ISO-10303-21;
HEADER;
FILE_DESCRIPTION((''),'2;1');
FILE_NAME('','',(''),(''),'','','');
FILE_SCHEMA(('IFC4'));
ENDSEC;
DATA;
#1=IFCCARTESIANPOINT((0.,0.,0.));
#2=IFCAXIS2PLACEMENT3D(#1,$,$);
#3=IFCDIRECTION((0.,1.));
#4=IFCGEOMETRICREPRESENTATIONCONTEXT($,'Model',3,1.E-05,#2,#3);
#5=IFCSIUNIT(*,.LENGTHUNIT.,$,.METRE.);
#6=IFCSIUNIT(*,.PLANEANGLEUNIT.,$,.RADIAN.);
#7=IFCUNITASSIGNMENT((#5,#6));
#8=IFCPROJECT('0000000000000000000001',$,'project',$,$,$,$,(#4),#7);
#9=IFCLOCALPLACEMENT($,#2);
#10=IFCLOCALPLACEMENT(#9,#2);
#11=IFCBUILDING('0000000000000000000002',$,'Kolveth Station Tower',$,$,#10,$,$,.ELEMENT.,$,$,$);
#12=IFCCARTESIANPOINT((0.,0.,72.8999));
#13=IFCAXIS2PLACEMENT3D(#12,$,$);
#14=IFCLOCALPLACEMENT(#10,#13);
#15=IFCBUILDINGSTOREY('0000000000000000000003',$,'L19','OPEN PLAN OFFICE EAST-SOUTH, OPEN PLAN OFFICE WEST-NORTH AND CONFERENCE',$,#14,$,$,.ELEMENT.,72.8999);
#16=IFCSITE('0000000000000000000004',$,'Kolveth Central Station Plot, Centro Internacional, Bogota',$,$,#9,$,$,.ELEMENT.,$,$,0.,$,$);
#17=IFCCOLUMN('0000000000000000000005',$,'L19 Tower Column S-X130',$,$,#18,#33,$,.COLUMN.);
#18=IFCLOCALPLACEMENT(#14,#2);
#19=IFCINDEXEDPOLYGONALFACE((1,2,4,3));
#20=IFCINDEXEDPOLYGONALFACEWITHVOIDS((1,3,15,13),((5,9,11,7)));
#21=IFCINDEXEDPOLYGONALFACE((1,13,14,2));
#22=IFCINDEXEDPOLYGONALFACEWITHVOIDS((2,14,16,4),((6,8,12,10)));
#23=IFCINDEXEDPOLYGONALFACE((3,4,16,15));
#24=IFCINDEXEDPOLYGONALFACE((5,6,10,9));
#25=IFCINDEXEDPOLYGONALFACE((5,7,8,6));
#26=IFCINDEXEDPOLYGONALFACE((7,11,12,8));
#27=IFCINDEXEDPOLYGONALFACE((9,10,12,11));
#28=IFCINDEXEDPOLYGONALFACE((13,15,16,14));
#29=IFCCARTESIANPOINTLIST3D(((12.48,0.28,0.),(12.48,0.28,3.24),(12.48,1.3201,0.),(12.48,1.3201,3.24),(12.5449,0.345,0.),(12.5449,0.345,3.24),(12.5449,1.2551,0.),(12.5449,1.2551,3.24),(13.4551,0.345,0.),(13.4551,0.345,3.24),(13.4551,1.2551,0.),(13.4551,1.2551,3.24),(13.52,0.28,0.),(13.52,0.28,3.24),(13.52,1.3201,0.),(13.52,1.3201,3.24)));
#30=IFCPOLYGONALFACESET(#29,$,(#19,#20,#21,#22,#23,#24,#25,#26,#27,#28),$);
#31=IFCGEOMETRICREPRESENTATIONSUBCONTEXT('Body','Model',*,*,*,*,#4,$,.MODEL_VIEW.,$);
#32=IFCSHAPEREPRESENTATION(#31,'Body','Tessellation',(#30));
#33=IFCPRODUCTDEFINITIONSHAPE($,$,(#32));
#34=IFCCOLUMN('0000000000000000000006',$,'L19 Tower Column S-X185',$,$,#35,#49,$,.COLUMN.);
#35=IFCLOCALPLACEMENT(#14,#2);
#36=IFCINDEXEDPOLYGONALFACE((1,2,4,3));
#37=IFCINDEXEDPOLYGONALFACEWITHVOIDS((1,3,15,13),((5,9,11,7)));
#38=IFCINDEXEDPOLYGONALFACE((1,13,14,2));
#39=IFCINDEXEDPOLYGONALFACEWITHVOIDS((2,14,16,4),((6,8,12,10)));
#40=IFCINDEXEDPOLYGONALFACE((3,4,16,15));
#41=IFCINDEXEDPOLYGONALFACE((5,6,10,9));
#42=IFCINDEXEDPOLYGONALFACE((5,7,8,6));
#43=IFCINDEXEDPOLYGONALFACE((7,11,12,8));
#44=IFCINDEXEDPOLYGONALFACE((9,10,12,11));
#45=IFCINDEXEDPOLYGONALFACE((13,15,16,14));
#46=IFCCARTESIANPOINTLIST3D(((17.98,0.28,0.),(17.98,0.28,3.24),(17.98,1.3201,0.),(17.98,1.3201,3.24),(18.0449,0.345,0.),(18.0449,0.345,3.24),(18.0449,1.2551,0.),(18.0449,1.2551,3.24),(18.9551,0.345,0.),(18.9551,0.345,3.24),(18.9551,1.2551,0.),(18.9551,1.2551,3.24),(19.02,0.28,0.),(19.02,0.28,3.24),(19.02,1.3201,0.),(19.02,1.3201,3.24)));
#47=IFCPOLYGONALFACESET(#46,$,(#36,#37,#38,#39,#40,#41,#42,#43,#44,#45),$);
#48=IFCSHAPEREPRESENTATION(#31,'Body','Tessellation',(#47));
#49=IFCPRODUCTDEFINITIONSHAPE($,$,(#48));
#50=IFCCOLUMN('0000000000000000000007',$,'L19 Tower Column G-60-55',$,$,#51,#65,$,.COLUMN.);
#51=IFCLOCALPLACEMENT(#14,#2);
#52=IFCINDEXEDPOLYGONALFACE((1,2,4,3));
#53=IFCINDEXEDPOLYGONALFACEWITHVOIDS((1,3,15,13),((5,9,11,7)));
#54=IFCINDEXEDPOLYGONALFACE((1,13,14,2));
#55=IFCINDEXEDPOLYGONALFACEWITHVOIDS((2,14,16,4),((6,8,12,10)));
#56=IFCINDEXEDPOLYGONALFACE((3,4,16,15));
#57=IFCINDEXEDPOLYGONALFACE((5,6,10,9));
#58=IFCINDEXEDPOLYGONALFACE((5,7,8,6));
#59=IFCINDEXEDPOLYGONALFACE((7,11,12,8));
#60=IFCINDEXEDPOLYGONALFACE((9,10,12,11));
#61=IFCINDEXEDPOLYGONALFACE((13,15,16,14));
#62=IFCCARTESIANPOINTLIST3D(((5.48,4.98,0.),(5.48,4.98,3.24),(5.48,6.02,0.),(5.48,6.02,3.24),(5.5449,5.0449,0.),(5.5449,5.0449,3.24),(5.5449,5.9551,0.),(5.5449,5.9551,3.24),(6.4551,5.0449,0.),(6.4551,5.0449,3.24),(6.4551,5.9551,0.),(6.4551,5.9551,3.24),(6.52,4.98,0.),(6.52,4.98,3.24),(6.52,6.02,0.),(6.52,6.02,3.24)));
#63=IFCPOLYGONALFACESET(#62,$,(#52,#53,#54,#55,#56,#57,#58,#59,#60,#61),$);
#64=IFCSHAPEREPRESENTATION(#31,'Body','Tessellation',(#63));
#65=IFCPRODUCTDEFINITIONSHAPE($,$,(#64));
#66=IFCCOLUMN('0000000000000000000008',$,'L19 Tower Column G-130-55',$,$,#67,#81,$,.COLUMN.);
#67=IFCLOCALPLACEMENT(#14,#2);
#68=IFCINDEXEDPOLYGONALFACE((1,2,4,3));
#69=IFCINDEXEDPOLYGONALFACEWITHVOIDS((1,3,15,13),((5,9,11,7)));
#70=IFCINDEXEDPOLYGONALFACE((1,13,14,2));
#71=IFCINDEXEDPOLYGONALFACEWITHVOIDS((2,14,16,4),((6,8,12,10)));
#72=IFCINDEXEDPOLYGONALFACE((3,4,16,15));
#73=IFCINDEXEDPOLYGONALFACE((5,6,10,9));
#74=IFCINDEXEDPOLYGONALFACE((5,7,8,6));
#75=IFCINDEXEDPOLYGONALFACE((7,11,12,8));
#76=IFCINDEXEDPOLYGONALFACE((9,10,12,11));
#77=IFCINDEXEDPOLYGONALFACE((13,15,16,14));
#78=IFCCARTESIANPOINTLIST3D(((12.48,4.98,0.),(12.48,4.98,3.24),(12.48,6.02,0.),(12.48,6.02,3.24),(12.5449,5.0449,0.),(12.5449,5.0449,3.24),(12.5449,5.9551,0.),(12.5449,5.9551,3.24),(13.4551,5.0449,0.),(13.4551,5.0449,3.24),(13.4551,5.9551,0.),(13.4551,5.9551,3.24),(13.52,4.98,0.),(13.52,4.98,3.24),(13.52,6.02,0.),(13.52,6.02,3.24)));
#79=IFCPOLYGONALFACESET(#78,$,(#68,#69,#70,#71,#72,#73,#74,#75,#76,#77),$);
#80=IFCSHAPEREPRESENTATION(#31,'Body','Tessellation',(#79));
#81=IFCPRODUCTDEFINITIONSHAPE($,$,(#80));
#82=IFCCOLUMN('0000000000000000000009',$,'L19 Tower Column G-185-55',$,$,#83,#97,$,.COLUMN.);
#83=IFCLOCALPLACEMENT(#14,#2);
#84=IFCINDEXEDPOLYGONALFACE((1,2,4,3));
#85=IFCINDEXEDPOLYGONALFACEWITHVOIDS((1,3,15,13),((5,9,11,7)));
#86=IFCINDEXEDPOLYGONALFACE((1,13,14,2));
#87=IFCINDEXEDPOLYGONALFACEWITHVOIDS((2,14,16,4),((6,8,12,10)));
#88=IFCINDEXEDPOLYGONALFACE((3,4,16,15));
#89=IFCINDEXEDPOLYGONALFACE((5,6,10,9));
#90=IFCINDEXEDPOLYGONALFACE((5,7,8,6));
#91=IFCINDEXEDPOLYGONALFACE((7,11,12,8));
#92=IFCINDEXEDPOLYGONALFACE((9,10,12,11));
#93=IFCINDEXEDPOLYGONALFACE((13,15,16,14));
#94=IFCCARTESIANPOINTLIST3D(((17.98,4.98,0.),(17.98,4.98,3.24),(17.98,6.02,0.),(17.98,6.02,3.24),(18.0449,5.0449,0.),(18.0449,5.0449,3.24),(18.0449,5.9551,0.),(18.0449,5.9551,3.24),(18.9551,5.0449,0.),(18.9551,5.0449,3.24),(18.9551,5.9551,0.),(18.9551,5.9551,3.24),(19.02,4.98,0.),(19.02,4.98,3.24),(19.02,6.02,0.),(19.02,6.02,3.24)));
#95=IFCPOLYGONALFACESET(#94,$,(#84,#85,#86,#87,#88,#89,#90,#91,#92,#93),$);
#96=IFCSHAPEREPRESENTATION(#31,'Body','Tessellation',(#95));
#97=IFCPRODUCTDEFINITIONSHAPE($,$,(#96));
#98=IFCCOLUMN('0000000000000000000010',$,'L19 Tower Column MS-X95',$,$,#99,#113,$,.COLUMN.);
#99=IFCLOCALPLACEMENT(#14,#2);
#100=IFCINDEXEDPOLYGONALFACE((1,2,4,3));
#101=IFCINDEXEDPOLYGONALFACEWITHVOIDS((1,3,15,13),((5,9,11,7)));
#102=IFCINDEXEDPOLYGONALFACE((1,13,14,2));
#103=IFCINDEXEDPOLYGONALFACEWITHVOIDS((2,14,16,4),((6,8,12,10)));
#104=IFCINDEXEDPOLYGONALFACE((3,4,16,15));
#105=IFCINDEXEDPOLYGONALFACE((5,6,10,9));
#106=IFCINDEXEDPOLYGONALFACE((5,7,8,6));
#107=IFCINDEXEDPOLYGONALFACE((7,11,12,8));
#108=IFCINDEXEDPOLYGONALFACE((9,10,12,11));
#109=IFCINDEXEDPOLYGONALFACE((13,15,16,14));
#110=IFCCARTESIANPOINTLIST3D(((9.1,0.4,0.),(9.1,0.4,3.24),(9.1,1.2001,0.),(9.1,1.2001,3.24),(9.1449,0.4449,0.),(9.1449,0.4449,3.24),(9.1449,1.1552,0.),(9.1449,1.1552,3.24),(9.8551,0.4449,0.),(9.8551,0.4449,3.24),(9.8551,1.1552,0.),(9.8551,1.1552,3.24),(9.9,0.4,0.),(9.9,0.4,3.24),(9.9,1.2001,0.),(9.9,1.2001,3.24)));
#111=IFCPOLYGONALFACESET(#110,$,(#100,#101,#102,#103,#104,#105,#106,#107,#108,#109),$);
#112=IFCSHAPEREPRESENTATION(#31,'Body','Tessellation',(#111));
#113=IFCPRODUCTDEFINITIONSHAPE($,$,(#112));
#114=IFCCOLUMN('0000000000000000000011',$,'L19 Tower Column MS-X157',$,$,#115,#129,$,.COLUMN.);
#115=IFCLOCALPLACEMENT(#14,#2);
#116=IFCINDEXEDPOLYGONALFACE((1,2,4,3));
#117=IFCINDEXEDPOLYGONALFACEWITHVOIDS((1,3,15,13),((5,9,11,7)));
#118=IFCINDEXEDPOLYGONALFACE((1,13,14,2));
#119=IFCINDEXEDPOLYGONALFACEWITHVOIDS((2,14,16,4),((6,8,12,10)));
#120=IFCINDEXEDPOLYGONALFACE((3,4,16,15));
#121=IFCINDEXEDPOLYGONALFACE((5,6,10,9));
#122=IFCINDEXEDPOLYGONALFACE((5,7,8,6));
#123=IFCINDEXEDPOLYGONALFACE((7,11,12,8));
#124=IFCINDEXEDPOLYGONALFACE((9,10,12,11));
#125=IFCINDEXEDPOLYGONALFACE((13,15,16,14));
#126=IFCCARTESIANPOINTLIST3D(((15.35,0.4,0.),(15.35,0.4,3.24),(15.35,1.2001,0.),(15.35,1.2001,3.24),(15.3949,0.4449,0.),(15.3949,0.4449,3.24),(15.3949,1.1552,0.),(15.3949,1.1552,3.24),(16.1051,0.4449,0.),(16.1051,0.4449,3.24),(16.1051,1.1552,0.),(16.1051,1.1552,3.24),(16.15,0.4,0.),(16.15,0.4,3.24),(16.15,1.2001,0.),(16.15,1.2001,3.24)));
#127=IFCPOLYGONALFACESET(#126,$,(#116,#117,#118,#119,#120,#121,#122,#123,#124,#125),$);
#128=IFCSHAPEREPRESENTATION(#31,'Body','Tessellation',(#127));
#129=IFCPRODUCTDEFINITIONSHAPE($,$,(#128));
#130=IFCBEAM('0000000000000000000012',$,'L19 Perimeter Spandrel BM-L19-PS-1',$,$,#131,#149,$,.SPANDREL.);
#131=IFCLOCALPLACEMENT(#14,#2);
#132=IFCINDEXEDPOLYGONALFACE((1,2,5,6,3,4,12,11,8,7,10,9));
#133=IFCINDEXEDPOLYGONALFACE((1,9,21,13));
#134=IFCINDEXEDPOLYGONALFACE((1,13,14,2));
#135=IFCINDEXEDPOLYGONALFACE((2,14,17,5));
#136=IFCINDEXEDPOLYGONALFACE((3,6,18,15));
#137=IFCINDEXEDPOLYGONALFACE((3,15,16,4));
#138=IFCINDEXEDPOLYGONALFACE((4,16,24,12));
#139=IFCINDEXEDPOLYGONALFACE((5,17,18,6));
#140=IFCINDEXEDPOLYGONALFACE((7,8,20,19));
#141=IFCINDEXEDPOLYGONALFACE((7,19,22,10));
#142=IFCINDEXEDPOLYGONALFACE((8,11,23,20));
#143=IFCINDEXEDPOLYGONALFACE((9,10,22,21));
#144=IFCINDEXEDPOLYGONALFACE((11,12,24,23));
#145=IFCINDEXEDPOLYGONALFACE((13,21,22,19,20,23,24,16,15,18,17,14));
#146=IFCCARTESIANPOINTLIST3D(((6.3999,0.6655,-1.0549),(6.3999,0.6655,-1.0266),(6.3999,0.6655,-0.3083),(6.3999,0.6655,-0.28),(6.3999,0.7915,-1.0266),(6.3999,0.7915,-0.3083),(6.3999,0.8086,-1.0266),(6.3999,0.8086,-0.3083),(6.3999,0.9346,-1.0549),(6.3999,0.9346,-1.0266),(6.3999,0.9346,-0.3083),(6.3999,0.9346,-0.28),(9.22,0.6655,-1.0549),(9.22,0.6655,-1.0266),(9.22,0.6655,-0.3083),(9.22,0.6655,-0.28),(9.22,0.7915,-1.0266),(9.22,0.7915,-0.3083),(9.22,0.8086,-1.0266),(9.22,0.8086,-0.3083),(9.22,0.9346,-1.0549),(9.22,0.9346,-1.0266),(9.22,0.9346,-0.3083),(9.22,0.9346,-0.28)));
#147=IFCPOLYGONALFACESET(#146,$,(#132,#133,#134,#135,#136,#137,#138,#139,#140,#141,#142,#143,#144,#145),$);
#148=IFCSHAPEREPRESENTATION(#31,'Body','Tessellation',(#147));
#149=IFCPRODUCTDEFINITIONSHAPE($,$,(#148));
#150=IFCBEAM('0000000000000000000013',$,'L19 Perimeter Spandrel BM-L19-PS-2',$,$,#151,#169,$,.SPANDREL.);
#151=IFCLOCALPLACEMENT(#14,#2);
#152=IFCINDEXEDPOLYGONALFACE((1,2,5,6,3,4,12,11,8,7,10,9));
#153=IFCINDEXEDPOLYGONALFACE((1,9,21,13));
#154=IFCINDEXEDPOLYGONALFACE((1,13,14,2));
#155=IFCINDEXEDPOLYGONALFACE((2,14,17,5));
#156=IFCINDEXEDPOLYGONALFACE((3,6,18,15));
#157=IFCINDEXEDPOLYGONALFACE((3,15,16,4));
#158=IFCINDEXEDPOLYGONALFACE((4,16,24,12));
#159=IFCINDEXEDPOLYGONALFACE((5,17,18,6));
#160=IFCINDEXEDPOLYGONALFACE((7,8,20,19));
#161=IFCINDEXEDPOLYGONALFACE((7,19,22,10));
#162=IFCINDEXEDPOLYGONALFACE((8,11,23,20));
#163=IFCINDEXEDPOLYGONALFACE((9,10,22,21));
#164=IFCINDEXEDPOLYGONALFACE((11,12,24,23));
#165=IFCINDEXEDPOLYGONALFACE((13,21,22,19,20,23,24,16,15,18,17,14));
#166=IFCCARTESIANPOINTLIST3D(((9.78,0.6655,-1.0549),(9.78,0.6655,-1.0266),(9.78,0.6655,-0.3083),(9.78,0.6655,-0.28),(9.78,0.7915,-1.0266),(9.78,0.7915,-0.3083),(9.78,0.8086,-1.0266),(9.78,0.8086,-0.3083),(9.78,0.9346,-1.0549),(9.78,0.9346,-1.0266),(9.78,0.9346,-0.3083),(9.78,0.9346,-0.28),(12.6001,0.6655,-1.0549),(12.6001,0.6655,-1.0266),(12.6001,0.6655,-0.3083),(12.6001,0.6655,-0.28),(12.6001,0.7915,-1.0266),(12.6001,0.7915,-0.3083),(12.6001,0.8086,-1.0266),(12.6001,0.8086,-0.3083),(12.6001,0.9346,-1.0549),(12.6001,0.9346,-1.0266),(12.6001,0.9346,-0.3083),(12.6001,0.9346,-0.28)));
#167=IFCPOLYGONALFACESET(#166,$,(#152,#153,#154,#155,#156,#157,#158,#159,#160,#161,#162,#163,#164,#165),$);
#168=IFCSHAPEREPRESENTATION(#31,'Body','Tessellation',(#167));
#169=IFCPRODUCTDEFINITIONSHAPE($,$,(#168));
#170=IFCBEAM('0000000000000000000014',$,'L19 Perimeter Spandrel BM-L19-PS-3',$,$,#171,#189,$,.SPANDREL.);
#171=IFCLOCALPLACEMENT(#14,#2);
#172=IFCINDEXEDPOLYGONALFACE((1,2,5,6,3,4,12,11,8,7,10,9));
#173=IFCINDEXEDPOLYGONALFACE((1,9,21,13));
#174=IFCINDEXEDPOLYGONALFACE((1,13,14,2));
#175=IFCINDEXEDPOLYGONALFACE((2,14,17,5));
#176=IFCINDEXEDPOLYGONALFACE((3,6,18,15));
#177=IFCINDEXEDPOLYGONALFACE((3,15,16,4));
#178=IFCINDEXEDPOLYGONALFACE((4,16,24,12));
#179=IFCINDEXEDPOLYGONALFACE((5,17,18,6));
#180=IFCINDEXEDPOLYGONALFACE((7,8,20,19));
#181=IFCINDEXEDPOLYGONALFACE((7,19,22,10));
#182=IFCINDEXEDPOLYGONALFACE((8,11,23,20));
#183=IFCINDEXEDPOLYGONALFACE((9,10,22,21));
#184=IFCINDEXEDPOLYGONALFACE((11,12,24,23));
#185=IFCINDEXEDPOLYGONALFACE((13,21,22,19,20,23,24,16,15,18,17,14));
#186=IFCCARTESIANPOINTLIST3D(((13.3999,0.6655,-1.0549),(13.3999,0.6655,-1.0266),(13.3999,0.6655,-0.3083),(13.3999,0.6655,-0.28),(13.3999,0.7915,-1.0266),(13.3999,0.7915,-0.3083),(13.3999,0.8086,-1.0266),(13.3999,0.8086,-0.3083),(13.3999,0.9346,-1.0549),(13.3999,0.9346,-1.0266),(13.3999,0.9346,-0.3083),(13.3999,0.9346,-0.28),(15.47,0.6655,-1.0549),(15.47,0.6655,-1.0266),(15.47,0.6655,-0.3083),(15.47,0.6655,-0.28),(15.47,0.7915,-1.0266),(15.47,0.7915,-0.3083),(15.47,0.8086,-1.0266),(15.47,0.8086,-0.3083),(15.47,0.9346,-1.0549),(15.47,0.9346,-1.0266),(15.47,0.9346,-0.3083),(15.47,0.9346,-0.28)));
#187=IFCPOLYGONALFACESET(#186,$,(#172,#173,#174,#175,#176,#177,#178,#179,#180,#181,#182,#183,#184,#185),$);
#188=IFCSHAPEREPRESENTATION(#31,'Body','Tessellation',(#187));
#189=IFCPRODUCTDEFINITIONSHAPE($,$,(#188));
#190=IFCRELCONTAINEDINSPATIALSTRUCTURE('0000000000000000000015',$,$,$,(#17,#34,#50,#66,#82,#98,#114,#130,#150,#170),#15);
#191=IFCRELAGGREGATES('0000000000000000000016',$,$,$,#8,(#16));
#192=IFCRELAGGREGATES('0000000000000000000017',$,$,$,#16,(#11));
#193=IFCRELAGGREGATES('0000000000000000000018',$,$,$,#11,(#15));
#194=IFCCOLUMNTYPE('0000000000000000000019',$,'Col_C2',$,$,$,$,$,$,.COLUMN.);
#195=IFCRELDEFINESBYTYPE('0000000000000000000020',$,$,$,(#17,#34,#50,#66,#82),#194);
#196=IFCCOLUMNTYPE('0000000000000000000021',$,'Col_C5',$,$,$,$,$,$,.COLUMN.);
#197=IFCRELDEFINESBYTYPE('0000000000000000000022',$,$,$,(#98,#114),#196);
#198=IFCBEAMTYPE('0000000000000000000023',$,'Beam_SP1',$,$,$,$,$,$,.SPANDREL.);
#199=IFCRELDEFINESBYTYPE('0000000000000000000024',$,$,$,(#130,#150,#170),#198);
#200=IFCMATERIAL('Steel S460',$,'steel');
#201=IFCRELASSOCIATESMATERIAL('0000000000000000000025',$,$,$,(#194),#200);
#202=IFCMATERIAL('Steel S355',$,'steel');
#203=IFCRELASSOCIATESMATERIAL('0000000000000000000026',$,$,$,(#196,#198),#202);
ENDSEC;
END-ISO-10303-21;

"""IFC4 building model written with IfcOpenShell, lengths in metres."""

from ifc_helpers import new_model, si_unit, direction, frame, origin, origin_2d, place, context, subcontext, project, spatial, hollow_rectangle, i_section, extrude, source, transform, mapped, material, material_profile, profile_set, type_object, element, save


model = new_model("IFC4")

# Units and contexts
model_context = context("Model", 3, precision=1e-05, world=origin(), true_north=direction((0.0, 1.0)))
body_context = subcontext(model_context, "Body", "Model", "MODEL_VIEW")
ifc_project = project(units=[si_unit("LENGTHUNIT", "METRE"), si_unit("PLANEANGLEUNIT", "RADIAN")], contexts=[model_context])

# Site, building, storey
site_placement = place(None, origin())
site = spatial("IfcSite", under=ifc_project, at=site_placement, Name="Kolveth Central Station Plot, Centro Internacional, Bogota", CompositionType="ELEMENT", RefElevation=0.0)
building_placement = place(site_placement, origin())
building = spatial("IfcBuilding", under=site, at=building_placement, Name="Kolveth Station Tower", CompositionType="ELEMENT")
storey_placement = place(building_placement, frame((0.0, 0.0, 72.8999)))
storey = spatial("IfcBuildingStorey", under=building, at=storey_placement, Name="L19", Description="OPEN PLAN OFFICE EAST-SOUTH, OPEN PLAN OFFICE WEST-NORTH AND CONFERENCE", CompositionType="ELEMENT", Elevation=72.8999)

# Columns
ifc_material_1 = material(Name="Steel S460", Category="steel")
ifc_material_profile_1 = material_profile(ifc_material_1, hollow_rectangle(XDim=1.04, YDim=1.04, WallThickness=0.0649, at=origin_2d()), Name="BOX1040x1040x65")
ifc_profile_set_1 = profile_set([ifc_material_profile_1], Name="Steel S460")
column_type_1 = type_object("IfcColumnType", Name="Col_C2", PredefinedType="COLUMN", material=ifc_profile_set_1)
shared_shape_1 = source(origin(), body_context, "Body", "SweptSolid", [
    extrude(hollow_rectangle(XDim=1.04, YDim=1.04, WallThickness=0.0649, at=origin_2d()), origin(), (0.0, 0.0, 1.0), 3.24),
])
for number, where, z_axis, x_axis, name in (
    (1, (13.0, 0.8, 0.0), (0.0, 0.0, 1.0), (1.0, 0.0, 0.0), "L19 Tower Column S-X130"),
    (2, (18.5, 0.8, 0.0), (0.0, 0.0, 1.0), (1.0, 0.0, 0.0), "L19 Tower Column S-X185"),
    (3, (6.0, 5.5, 0.0), (0.0, 0.0, 1.0), (1.0, 0.0, 0.0), "L19 Tower Column G-60-55"),
    (4, (13.0, 5.5, 0.0), (0.0, 0.0, 1.0), (1.0, 0.0, 0.0), "L19 Tower Column G-130-55"),
    (5, (18.5, 5.5, 0.0), (0.0, 0.0, 1.0), (1.0, 0.0, 0.0), "L19 Tower Column G-185-55"),
):
    element("IfcColumn", number, at=place(storey_placement, frame(where, z_axis=z_axis, x_axis=x_axis)), inside=storey, type_object=column_type_1, Name=name, PredefinedType="COLUMN", context=body_context, shape_type="MappedRepresentation", body=[
        mapped(shared_shape_1, transform((0.0, 0.0, 0.0), x_axis=(1.0, 0.0, 0.0), y_axis=(0.0, 1.0, 0.0), z_axis=(0.0, 0.0, 1.0), scale=1.0)),
    ])
ifc_material_2 = material(Name="Steel S355", Category="steel")
ifc_material_profile_2 = material_profile(ifc_material_2, hollow_rectangle(XDim=0.8, YDim=0.8, WallThickness=0.0449, at=origin_2d()), Name="BOX800x800x45")
ifc_profile_set_2 = profile_set([ifc_material_profile_2], Name="Steel S355")
column_type_2 = type_object("IfcColumnType", Name="Col_C5", PredefinedType="COLUMN", material=ifc_profile_set_2)
shared_shape_2 = source(origin(), body_context, "Body", "SweptSolid", [
    extrude(hollow_rectangle(XDim=0.8, YDim=0.8, WallThickness=0.0449, at=origin_2d()), origin(), (0.0, 0.0, 1.0), 3.24),
])
for number, where, z_axis, x_axis, name in (
    (6, (9.5, 0.8, 0.0), (0.0, 0.0, 1.0), (1.0, 0.0, 0.0), "L19 Tower Column MS-X95"),
    (7, (15.75, 0.8, 0.0), (0.0, 0.0, 1.0), (1.0, 0.0, 0.0), "L19 Tower Column MS-X157"),
):
    element("IfcColumn", number, at=place(storey_placement, frame(where, z_axis=z_axis, x_axis=x_axis)), inside=storey, type_object=column_type_2, Name=name, PredefinedType="COLUMN", context=body_context, shape_type="MappedRepresentation", body=[
        mapped(shared_shape_2, transform((0.0, 0.0, 0.0), x_axis=(1.0, 0.0, 0.0), y_axis=(0.0, 1.0, 0.0), z_axis=(0.0, 0.0, 1.0), scale=1.0)),
    ])

# Beams
ifc_material_profile_3 = material_profile(ifc_material_2, i_section(OverallWidth=0.269, OverallDepth=0.7749, WebThickness=0.0171, FlangeThickness=0.0283, at=origin_2d()), Name="W760x220")
ifc_profile_set_3 = profile_set([ifc_material_profile_3], Name="Steel S355")
beam_type_1 = type_object("IfcBeamType", Name="Beam_SP1", PredefinedType="SPANDREL", material=ifc_profile_set_3)
shared_shape_3 = source(origin(), body_context, "Body", "SweptSolid", [
    extrude(i_section(OverallWidth=0.269, OverallDepth=0.7749, WebThickness=0.0171, FlangeThickness=0.0283, at=origin_2d()), origin(), (0.0, 0.0, 1.0), 2.8201),
])
for number, where, z_axis, x_axis, name in (
    (8, (6.3999, 0.8, -0.6675), (1.0, 0.0, 0.0), (0.0, 1.0, 0.0), "L19 Perimeter Spandrel BM-L19-PS-1"),
    (9, (9.78, 0.8, -0.6675), (1.0, 0.0, 0.0), (0.0, 1.0, 0.0), "L19 Perimeter Spandrel BM-L19-PS-2"),
):
    element("IfcBeam", number, at=place(storey_placement, frame(where, z_axis=z_axis, x_axis=x_axis)), inside=storey, type_object=beam_type_1, Name=name, PredefinedType="SPANDREL", context=body_context, shape_type="MappedRepresentation", body=[
        mapped(shared_shape_3, transform((0.0, 0.0, 0.0), x_axis=(1.0, 0.0, 0.0), y_axis=(0.0, 1.0, 0.0), z_axis=(0.0, 0.0, 1.0), scale=1.0)),
    ])
shared_shape_4 = source(origin(), body_context, "Body", "SweptSolid", [
    extrude(i_section(OverallWidth=0.269, OverallDepth=0.7749, WebThickness=0.0171, FlangeThickness=0.0283, at=origin_2d()), origin(), (0.0, 0.0, 1.0), 2.0701),
])
for number, where, z_axis, x_axis, name in (
    (10, (13.3999, 0.8, -0.6675), (1.0, 0.0, 0.0), (0.0, 1.0, 0.0), "L19 Perimeter Spandrel BM-L19-PS-3"),
):
    element("IfcBeam", number, at=place(storey_placement, frame(where, z_axis=z_axis, x_axis=x_axis)), inside=storey, type_object=beam_type_1, Name=name, PredefinedType="SPANDREL", context=body_context, shape_type="MappedRepresentation", body=[
        mapped(shared_shape_4, transform((0.0, 0.0, 0.0), x_axis=(1.0, 0.0, 0.0), y_axis=(0.0, 1.0, 0.0), z_axis=(0.0, 0.0, 1.0), scale=1.0)),
    ])

save(model, "model.ifc")
